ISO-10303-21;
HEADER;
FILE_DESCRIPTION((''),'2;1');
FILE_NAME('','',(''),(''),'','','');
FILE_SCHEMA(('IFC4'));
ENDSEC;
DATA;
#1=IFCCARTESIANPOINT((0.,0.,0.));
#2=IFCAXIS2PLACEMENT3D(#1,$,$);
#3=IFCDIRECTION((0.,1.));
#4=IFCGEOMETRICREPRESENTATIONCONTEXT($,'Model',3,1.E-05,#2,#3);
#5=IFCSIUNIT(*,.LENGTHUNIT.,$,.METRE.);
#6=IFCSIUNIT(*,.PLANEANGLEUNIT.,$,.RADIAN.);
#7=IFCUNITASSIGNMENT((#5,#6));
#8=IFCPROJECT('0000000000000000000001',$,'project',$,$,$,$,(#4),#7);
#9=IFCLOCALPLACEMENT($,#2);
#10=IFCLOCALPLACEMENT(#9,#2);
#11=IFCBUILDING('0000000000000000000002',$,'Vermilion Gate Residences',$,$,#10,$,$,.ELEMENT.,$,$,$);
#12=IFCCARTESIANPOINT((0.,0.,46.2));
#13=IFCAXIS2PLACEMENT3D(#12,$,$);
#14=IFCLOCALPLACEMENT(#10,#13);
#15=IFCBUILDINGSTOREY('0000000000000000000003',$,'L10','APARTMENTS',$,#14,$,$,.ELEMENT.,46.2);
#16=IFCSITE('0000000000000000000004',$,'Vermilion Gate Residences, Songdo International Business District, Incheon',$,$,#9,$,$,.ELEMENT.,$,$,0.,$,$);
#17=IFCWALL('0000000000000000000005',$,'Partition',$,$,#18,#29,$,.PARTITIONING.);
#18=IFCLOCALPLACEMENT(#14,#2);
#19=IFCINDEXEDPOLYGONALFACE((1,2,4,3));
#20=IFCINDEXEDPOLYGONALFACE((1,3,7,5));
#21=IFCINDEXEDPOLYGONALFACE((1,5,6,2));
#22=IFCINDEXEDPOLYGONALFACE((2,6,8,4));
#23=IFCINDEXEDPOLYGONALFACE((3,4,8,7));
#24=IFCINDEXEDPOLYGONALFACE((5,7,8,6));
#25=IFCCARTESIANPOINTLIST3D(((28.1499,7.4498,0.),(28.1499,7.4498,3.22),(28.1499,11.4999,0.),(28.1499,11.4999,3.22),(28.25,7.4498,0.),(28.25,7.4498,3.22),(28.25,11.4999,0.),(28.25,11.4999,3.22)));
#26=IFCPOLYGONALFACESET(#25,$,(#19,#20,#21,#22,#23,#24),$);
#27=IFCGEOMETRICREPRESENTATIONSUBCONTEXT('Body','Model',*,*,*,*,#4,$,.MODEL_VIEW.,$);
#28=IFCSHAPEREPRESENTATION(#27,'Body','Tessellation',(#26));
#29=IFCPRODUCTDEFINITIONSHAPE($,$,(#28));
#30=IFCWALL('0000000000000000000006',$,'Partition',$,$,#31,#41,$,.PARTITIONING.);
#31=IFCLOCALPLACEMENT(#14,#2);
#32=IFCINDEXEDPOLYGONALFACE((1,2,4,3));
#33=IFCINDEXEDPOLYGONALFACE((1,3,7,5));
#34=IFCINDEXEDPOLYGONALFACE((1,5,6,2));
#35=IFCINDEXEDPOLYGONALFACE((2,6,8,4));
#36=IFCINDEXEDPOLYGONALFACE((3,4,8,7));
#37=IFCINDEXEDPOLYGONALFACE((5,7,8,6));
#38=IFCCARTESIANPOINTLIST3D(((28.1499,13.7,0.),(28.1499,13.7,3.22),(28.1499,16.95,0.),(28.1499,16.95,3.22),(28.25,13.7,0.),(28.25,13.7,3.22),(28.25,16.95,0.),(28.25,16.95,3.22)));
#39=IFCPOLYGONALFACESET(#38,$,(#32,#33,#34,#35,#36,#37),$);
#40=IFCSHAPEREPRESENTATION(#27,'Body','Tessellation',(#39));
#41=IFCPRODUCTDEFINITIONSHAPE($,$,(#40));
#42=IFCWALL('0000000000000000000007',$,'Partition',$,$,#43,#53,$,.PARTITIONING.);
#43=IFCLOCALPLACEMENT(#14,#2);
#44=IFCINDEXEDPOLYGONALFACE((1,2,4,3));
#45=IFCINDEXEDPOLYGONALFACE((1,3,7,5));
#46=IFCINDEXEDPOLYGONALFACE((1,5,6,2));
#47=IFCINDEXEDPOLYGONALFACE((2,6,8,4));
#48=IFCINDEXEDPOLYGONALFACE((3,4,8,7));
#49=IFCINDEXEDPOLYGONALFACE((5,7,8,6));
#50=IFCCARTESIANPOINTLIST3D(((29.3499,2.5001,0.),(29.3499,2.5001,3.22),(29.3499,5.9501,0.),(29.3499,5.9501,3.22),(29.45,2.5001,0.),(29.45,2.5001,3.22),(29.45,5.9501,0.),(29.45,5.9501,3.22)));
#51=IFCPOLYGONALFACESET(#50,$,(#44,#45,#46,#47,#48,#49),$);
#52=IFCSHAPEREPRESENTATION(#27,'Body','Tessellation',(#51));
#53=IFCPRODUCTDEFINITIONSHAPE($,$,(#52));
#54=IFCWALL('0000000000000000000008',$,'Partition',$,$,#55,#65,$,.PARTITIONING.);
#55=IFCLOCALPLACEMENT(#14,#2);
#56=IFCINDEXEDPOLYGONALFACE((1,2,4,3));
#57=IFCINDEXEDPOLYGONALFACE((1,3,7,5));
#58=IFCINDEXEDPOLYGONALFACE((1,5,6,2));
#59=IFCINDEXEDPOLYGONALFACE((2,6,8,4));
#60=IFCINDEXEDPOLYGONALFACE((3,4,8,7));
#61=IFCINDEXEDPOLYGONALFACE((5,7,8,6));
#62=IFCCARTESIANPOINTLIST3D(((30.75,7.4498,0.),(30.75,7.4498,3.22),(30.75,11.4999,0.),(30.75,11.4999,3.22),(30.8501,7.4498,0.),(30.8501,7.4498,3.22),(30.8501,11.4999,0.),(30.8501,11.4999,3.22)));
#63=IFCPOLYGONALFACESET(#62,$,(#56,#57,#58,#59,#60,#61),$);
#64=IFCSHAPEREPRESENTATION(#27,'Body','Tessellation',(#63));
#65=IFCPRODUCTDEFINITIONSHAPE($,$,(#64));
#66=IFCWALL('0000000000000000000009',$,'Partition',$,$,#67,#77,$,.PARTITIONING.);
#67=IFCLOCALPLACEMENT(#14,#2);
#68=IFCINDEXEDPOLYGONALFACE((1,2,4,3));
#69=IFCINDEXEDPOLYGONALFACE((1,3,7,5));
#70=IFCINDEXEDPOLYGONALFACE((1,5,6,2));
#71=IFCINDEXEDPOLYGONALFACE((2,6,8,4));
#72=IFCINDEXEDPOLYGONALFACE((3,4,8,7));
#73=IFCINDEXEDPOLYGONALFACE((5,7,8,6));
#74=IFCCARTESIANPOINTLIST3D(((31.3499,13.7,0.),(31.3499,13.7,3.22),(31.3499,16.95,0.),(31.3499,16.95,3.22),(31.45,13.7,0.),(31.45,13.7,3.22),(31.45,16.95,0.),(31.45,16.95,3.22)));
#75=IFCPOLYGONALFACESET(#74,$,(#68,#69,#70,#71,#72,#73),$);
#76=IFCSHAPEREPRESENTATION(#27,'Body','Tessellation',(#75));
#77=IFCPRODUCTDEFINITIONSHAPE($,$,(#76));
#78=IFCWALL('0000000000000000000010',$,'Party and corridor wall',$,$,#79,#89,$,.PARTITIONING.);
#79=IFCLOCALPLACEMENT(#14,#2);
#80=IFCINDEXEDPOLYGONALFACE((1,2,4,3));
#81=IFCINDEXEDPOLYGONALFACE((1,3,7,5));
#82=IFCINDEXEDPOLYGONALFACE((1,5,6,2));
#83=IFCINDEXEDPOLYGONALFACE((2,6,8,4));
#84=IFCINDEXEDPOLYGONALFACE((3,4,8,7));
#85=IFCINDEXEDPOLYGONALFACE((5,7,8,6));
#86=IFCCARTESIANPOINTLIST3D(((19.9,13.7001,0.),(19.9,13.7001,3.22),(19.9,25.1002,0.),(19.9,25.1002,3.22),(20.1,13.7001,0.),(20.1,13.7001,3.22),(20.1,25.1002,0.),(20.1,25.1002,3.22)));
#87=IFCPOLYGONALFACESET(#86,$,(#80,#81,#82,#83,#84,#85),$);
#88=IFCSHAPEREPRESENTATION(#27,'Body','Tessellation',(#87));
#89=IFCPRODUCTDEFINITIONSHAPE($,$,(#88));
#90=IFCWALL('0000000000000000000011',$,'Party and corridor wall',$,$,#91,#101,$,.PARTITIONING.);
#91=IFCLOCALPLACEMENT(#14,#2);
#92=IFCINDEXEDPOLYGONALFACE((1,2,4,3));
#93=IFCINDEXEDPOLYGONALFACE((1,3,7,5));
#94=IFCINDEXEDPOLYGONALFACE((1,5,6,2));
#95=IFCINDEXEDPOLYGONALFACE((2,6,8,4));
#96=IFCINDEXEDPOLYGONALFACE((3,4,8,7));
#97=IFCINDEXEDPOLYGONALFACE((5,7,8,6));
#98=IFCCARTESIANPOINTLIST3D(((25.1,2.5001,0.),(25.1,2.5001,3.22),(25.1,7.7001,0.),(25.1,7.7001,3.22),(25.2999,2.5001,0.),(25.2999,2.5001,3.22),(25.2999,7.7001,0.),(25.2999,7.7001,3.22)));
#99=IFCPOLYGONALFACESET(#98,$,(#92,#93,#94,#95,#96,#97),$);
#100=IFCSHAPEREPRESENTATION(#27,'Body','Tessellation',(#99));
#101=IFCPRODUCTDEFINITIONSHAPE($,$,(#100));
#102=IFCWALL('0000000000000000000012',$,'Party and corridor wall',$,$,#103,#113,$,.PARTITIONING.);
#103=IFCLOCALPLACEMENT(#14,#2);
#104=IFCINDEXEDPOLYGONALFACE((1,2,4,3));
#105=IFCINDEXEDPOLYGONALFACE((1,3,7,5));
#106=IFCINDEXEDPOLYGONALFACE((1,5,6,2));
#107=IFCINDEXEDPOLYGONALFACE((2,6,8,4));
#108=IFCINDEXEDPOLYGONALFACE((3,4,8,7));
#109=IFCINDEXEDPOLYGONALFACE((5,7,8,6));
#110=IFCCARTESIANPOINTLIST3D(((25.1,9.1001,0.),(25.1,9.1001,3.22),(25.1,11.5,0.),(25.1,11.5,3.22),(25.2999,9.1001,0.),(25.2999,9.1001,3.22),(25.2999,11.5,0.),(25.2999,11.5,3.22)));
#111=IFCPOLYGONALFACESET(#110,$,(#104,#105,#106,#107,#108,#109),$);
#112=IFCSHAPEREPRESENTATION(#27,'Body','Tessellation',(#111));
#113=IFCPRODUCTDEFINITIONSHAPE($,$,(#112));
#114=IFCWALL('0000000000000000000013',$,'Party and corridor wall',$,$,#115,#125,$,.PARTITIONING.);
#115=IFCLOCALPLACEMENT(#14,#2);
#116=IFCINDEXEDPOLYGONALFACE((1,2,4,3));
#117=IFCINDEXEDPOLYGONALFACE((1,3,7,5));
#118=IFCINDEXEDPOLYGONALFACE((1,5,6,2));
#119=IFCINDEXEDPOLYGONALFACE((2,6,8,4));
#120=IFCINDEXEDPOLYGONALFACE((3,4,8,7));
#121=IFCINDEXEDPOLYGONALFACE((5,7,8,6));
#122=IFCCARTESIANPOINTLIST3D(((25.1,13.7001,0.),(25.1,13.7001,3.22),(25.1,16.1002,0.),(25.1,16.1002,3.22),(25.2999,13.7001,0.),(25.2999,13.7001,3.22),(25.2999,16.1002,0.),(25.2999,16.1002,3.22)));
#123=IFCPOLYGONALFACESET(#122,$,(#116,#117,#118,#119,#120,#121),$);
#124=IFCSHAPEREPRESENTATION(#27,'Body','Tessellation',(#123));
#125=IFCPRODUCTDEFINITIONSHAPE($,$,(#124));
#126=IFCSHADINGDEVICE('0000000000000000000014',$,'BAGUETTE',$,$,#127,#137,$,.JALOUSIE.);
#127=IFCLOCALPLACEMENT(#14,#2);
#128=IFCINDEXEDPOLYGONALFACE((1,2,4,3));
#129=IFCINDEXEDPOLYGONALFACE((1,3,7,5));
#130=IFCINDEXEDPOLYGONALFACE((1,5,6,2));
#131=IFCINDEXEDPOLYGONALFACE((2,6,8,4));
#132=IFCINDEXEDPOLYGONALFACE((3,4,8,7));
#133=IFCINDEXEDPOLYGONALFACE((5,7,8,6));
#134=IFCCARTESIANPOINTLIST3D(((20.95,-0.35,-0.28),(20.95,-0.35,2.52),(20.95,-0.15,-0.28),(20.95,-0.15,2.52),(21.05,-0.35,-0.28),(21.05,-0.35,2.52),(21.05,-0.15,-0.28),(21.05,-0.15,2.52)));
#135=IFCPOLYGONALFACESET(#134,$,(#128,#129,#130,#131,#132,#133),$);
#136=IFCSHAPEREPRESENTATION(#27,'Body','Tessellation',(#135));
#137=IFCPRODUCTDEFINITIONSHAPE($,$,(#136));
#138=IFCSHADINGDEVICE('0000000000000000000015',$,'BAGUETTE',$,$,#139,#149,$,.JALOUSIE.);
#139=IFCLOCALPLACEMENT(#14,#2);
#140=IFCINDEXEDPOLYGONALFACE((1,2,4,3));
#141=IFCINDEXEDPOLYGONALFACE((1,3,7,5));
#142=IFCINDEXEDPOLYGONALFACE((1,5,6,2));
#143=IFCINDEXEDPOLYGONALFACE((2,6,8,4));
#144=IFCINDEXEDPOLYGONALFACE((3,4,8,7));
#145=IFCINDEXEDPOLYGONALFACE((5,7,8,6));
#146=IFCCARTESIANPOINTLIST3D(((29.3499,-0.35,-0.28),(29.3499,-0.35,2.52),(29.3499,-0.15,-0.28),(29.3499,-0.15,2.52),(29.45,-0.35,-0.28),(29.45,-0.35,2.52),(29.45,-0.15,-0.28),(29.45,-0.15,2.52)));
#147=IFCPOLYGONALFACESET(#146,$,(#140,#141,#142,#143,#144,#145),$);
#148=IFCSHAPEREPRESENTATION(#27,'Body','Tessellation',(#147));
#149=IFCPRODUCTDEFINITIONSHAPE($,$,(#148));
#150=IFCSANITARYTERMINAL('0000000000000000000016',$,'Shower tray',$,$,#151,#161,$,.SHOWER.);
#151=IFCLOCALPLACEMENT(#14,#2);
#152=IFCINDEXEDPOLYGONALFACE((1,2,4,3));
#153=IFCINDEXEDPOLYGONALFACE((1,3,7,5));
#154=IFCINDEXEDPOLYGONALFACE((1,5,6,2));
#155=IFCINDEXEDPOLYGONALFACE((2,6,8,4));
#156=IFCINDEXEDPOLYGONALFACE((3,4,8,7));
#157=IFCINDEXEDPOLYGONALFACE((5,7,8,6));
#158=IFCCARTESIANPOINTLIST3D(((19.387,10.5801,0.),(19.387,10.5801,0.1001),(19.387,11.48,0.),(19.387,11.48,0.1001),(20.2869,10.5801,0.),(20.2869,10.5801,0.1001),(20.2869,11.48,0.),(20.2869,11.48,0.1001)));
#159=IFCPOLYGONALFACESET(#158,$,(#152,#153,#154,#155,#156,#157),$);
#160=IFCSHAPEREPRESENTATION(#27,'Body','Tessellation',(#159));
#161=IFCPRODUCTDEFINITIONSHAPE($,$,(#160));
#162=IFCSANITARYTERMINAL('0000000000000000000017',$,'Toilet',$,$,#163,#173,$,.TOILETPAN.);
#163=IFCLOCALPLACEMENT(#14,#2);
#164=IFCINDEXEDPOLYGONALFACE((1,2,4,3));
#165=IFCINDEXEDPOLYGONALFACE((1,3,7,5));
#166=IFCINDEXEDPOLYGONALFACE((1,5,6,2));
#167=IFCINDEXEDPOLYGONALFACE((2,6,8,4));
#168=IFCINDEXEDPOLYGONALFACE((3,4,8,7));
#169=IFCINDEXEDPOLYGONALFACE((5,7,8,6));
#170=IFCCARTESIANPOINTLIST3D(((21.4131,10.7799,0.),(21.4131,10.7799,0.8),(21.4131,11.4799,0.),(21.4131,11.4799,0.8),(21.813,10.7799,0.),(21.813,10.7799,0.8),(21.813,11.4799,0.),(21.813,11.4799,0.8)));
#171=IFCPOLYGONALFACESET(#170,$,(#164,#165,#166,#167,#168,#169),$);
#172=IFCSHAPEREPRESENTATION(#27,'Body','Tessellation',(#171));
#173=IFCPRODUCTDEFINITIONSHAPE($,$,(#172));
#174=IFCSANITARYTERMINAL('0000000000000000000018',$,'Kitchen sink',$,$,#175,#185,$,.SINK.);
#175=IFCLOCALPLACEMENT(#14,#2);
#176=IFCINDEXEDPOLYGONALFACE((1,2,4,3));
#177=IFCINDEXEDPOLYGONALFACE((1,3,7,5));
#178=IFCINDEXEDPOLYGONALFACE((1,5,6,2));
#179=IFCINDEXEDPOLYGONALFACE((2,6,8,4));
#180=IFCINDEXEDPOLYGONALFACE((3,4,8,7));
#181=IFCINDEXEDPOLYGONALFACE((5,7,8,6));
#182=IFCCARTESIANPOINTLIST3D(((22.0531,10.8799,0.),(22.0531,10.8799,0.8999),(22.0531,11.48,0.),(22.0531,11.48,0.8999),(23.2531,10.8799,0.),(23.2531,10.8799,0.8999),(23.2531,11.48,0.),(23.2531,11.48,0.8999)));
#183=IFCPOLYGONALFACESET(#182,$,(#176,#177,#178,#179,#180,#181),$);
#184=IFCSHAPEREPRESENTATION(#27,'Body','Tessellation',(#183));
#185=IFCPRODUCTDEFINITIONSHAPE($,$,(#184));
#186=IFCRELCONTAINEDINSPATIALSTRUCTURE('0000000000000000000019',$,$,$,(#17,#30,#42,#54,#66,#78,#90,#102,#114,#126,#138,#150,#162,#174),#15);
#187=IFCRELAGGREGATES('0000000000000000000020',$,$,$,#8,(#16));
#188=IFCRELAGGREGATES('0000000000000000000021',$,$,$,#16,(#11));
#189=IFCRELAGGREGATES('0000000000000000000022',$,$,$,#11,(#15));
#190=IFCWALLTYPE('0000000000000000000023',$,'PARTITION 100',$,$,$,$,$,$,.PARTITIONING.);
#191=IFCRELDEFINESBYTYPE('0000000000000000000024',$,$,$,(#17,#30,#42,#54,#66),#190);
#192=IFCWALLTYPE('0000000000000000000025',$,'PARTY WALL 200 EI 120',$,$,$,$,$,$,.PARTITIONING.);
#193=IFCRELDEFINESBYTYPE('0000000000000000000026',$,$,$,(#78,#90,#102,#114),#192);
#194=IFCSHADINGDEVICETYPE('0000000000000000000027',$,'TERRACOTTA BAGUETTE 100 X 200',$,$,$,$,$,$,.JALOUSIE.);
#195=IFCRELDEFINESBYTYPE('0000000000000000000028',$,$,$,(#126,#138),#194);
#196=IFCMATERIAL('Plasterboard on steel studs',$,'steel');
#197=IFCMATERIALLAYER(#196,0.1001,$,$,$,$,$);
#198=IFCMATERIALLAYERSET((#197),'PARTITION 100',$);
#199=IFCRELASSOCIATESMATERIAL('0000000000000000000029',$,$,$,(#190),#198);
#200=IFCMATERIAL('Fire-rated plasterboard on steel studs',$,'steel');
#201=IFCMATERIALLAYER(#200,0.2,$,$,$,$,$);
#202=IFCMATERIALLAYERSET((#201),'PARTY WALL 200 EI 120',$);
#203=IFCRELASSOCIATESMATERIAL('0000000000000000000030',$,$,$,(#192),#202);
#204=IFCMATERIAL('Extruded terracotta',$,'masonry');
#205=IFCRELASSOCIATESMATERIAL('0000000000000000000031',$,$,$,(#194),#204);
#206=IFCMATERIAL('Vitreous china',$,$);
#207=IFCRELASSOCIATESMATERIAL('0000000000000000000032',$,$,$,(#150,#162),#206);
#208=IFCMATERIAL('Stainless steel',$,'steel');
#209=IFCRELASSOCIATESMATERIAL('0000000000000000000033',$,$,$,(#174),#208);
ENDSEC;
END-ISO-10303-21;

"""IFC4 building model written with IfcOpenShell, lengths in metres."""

from ifc_helpers import new_model, si_unit, direction, frame, frame_2d, origin, origin_2d, place, context, subcontext, project, spatial, rectangle, extrude, material, layer, layer_set, material_profile, profile_set, type_object, element, save


model = new_model("IFC4")

# Units and contexts
model_context = context("Model", 3, precision=1e-05, world=origin(), true_north=direction((0.0, 1.0)))
body_context = subcontext(model_context, "Body", "Model", "MODEL_VIEW")
ifc_project = project(units=[si_unit("LENGTHUNIT", "METRE"), si_unit("PLANEANGLEUNIT", "RADIAN")], contexts=[model_context])

# Site, building, storey
site_placement = place(None, origin())
site = spatial("IfcSite", under=ifc_project, at=site_placement, Name="Vermilion Gate Residences, Songdo International Business District, Incheon", CompositionType="ELEMENT", RefElevation=0.0)
building_placement = place(site_placement, origin())
building = spatial("IfcBuilding", under=site, at=building_placement, Name="Vermilion Gate Residences", CompositionType="ELEMENT")
storey_placement = place(building_placement, frame((0.0, 0.0, 46.2)))
storey = spatial("IfcBuildingStorey", under=building, at=storey_placement, Name="L10", Description="APARTMENTS", CompositionType="ELEMENT", Elevation=46.2)

# Shared definitions
ifc_material_1 = material(Name="Plasterboard on steel studs", Category="steel")
ifc_layer_1 = layer(ifc_material_1, 0.1001)
ifc_layer_set_1 = layer_set([ifc_layer_1], Name="PARTITION 100")
wall_type_1 = type_object("IfcWallType", Name="PARTITION 100", PredefinedType="PARTITIONING", material=ifc_layer_set_1)

# Walls
wall_1_placement = place(storey_placement, frame((28.2, 7.45, 0.0), z_axis=(0.0, 0.0, 1.0), x_axis=(0.0, 1.0, 0.0)))
element("IfcWall", 1, at=wall_1_placement, inside=storey, type_object=wall_type_1, Name="Partition", PredefinedType="PARTITIONING", context=body_context, shape_type="SweptSolid", body=[
    extrude(rectangle(XDim=4.05, YDim=0.1001, at=frame_2d((2.0249, 0.0))), origin(), (0.0, 0.0, 1.0), 3.22),
])
wall_2_placement = place(storey_placement, frame((28.2, 13.7, 0.0), z_axis=(0.0, 0.0, 1.0), x_axis=(0.0, 1.0, 0.0)))
element("IfcWall", 2, at=wall_2_placement, inside=storey, type_object=wall_type_1, Name="Partition", PredefinedType="PARTITIONING", context=body_context, shape_type="SweptSolid", body=[
    extrude(rectangle(XDim=3.25, YDim=0.1001, at=frame_2d((1.625, 0.0))), origin(), (0.0, 0.0, 1.0), 3.22),
])
wall_3_placement = place(storey_placement, frame((29.3999, 2.5, 0.0), z_axis=(0.0, 0.0, 1.0), x_axis=(0.0, 1.0, 0.0)))
element("IfcWall", 3, at=wall_3_placement, inside=storey, type_object=wall_type_1, Name="Partition", PredefinedType="PARTITIONING", context=body_context, shape_type="SweptSolid", body=[
    extrude(rectangle(XDim=3.45, YDim=0.1001, at=frame_2d((1.7251, 0.0))), origin(), (0.0, 0.0, 1.0), 3.22),
])
wall_4_placement = place(storey_placement, frame((30.8, 7.45, 0.0), z_axis=(0.0, 0.0, 1.0), x_axis=(0.0, 1.0, 0.0)))
element("IfcWall", 4, at=wall_4_placement, inside=storey, type_object=wall_type_1, Name="Partition", PredefinedType="PARTITIONING", context=body_context, shape_type="SweptSolid", body=[
    extrude(rectangle(XDim=4.05, YDim=0.1001, at=frame_2d((2.0249, 0.0))), origin(), (0.0, 0.0, 1.0), 3.22),
])
wall_5_placement = place(storey_placement, frame((31.3999, 13.7, 0.0), z_axis=(0.0, 0.0, 1.0), x_axis=(0.0, 1.0, 0.0)))
element("IfcWall", 5, at=wall_5_placement, inside=storey, type_object=wall_type_1, Name="Partition", PredefinedType="PARTITIONING", context=body_context, shape_type="SweptSolid", body=[
    extrude(rectangle(XDim=3.25, YDim=0.1001, at=frame_2d((1.625, 0.0))), origin(), (0.0, 0.0, 1.0), 3.22),
])
ifc_material_2 = material(Name="Fire-rated plasterboard on steel studs", Category="steel")
ifc_layer_2 = layer(ifc_material_2, 0.2)
ifc_layer_set_2 = layer_set([ifc_layer_2], Name="PARTY WALL 200 EI 120")
wall_type_2 = type_object("IfcWallType", Name="PARTY WALL 200 EI 120", PredefinedType="PARTITIONING", material=ifc_layer_set_2)
wall_6_placement = place(storey_placement, frame((20.0, 13.7, 0.0), z_axis=(0.0, 0.0, 1.0), x_axis=(0.0, 1.0, 0.0)))
element("IfcWall", 6, at=wall_6_placement, inside=storey, type_object=wall_type_2, Name="Party and corridor wall", PredefinedType="PARTITIONING", context=body_context, shape_type="SweptSolid", body=[
    extrude(rectangle(XDim=11.4001, YDim=0.2, at=frame_2d((5.7002, 0.0))), origin(), (0.0, 0.0, 1.0), 3.22),
])
wall_7_placement = place(storey_placement, frame((25.2, 2.5, 0.0), z_axis=(0.0, 0.0, 1.0), x_axis=(0.0, 1.0, 0.0)))
element("IfcWall", 7, at=wall_7_placement, inside=storey, type_object=wall_type_2, Name="Party and corridor wall", PredefinedType="PARTITIONING", context=body_context, shape_type="SweptSolid", body=[
    extrude(rectangle(XDim=5.2, YDim=0.2, at=frame_2d((2.6001, 0.0))), origin(), (0.0, 0.0, 1.0), 3.22),
])
wall_8_placement = place(storey_placement, frame((25.2, 9.1001, 0.0), z_axis=(0.0, 0.0, 1.0), x_axis=(0.0, 1.0, 0.0)))
element("IfcWall", 8, at=wall_8_placement, inside=storey, type_object=wall_type_2, Name="Party and corridor wall", PredefinedType="PARTITIONING", context=body_context, shape_type="SweptSolid", body=[
    extrude(rectangle(XDim=2.3999, YDim=0.2, at=frame_2d((1.2, 0.0))), origin(), (0.0, 0.0, 1.0), 3.22),
])
wall_9_placement = place(storey_placement, frame((25.2, 13.7, 0.0), z_axis=(0.0, 0.0, 1.0), x_axis=(0.0, 1.0, 0.0)))
element("IfcWall", 9, at=wall_9_placement, inside=storey, type_object=wall_type_2, Name="Party and corridor wall", PredefinedType="PARTITIONING", context=body_context, shape_type="SweptSolid", body=[
    extrude(rectangle(XDim=2.4001, YDim=0.2, at=frame_2d((1.2002, 0.0))), origin(), (0.0, 0.0, 1.0), 3.22),
])

# Shading devices
ifc_material_3 = material(Name="Extruded terracotta", Category="masonry")
ifc_material_profile_1 = material_profile(ifc_material_3, rectangle(XDim=0.2, YDim=0.1001, at=origin_2d()), Name="BAGUETTE 100 X 200")
ifc_profile_set_1 = profile_set([ifc_material_profile_1], Name="Extruded terracotta")
shading_device_type = type_object("IfcShadingDeviceType", Name="TERRACOTTA BAGUETTE 100 X 200", PredefinedType="JALOUSIE", material=ifc_profile_set_1)
for number, where, z_axis, x_axis, name in (
    (10, (21.0, -0.25, -0.28), (0.0, 0.0, 1.0), (0.0, 1.0, 0.0), "BAGUETTE"),
    (11, (29.3999, -0.25, -0.28), (0.0, 0.0, 1.0), (0.0, 1.0, 0.0), "BAGUETTE"),
):
    element("IfcShadingDevice", number, at=place(storey_placement, frame(where, z_axis=z_axis, x_axis=x_axis)), inside=storey, type_object=shading_device_type, Name=name, PredefinedType="JALOUSIE", context=body_context, shape_type="SweptSolid", body=[
        extrude(rectangle(XDim=0.2, YDim=0.1001, at=origin_2d()), origin(), (0.0, 0.0, 1.0), 2.8),
    ])

# Sanitary terminals
ifc_material_4 = material(Name="Vitreous china")
sanitary_terminal_1_placement = place(storey_placement, frame((19.8369, 11.03, 0.0), z_axis=(0.0, 0.0, 1.0), x_axis=(1.0, 0.0, 0.0)))
element("IfcSanitaryTerminal", 12, at=sanitary_terminal_1_placement, inside=storey, material=ifc_material_4, Name="Shower tray", PredefinedType="SHOWER", context=body_context, shape_type="SweptSolid", body=[
    extrude(rectangle(XDim=0.8999, YDim=0.8999, at=origin_2d()), origin(), (0.0, 0.0, 1.0), 0.1001),
])
sanitary_terminal_2_placement = place(storey_placement, frame((21.613, 11.1299, 0.0), z_axis=(0.0, 0.0, 1.0), x_axis=(1.0, 0.0, 0.0)))
element("IfcSanitaryTerminal", 13, at=sanitary_terminal_2_placement, inside=storey, material=ifc_material_4, Name="Toilet", PredefinedType="TOILETPAN", context=body_context, shape_type="SweptSolid", body=[
    extrude(rectangle(XDim=0.3999, YDim=0.7, at=origin_2d()), origin(), (0.0, 0.0, 1.0), 0.8),
])
ifc_material_5 = material(Name="Stainless steel", Category="steel")
sanitary_terminal_3_placement = place(storey_placement, frame((22.6531, 11.1799, 0.0), z_axis=(0.0, 0.0, 1.0), x_axis=(1.0, 0.0, 0.0)))
element("IfcSanitaryTerminal", 14, at=sanitary_terminal_3_placement, inside=storey, material=ifc_material_5, Name="Kitchen sink", PredefinedType="SINK", context=body_context, shape_type="SweptSolid", body=[
    extrude(rectangle(XDim=1.2, YDim=0.6001, at=origin_2d()), origin(), (0.0, 0.0, 1.0), 0.8999),
])

save(model, "model.ifc")
